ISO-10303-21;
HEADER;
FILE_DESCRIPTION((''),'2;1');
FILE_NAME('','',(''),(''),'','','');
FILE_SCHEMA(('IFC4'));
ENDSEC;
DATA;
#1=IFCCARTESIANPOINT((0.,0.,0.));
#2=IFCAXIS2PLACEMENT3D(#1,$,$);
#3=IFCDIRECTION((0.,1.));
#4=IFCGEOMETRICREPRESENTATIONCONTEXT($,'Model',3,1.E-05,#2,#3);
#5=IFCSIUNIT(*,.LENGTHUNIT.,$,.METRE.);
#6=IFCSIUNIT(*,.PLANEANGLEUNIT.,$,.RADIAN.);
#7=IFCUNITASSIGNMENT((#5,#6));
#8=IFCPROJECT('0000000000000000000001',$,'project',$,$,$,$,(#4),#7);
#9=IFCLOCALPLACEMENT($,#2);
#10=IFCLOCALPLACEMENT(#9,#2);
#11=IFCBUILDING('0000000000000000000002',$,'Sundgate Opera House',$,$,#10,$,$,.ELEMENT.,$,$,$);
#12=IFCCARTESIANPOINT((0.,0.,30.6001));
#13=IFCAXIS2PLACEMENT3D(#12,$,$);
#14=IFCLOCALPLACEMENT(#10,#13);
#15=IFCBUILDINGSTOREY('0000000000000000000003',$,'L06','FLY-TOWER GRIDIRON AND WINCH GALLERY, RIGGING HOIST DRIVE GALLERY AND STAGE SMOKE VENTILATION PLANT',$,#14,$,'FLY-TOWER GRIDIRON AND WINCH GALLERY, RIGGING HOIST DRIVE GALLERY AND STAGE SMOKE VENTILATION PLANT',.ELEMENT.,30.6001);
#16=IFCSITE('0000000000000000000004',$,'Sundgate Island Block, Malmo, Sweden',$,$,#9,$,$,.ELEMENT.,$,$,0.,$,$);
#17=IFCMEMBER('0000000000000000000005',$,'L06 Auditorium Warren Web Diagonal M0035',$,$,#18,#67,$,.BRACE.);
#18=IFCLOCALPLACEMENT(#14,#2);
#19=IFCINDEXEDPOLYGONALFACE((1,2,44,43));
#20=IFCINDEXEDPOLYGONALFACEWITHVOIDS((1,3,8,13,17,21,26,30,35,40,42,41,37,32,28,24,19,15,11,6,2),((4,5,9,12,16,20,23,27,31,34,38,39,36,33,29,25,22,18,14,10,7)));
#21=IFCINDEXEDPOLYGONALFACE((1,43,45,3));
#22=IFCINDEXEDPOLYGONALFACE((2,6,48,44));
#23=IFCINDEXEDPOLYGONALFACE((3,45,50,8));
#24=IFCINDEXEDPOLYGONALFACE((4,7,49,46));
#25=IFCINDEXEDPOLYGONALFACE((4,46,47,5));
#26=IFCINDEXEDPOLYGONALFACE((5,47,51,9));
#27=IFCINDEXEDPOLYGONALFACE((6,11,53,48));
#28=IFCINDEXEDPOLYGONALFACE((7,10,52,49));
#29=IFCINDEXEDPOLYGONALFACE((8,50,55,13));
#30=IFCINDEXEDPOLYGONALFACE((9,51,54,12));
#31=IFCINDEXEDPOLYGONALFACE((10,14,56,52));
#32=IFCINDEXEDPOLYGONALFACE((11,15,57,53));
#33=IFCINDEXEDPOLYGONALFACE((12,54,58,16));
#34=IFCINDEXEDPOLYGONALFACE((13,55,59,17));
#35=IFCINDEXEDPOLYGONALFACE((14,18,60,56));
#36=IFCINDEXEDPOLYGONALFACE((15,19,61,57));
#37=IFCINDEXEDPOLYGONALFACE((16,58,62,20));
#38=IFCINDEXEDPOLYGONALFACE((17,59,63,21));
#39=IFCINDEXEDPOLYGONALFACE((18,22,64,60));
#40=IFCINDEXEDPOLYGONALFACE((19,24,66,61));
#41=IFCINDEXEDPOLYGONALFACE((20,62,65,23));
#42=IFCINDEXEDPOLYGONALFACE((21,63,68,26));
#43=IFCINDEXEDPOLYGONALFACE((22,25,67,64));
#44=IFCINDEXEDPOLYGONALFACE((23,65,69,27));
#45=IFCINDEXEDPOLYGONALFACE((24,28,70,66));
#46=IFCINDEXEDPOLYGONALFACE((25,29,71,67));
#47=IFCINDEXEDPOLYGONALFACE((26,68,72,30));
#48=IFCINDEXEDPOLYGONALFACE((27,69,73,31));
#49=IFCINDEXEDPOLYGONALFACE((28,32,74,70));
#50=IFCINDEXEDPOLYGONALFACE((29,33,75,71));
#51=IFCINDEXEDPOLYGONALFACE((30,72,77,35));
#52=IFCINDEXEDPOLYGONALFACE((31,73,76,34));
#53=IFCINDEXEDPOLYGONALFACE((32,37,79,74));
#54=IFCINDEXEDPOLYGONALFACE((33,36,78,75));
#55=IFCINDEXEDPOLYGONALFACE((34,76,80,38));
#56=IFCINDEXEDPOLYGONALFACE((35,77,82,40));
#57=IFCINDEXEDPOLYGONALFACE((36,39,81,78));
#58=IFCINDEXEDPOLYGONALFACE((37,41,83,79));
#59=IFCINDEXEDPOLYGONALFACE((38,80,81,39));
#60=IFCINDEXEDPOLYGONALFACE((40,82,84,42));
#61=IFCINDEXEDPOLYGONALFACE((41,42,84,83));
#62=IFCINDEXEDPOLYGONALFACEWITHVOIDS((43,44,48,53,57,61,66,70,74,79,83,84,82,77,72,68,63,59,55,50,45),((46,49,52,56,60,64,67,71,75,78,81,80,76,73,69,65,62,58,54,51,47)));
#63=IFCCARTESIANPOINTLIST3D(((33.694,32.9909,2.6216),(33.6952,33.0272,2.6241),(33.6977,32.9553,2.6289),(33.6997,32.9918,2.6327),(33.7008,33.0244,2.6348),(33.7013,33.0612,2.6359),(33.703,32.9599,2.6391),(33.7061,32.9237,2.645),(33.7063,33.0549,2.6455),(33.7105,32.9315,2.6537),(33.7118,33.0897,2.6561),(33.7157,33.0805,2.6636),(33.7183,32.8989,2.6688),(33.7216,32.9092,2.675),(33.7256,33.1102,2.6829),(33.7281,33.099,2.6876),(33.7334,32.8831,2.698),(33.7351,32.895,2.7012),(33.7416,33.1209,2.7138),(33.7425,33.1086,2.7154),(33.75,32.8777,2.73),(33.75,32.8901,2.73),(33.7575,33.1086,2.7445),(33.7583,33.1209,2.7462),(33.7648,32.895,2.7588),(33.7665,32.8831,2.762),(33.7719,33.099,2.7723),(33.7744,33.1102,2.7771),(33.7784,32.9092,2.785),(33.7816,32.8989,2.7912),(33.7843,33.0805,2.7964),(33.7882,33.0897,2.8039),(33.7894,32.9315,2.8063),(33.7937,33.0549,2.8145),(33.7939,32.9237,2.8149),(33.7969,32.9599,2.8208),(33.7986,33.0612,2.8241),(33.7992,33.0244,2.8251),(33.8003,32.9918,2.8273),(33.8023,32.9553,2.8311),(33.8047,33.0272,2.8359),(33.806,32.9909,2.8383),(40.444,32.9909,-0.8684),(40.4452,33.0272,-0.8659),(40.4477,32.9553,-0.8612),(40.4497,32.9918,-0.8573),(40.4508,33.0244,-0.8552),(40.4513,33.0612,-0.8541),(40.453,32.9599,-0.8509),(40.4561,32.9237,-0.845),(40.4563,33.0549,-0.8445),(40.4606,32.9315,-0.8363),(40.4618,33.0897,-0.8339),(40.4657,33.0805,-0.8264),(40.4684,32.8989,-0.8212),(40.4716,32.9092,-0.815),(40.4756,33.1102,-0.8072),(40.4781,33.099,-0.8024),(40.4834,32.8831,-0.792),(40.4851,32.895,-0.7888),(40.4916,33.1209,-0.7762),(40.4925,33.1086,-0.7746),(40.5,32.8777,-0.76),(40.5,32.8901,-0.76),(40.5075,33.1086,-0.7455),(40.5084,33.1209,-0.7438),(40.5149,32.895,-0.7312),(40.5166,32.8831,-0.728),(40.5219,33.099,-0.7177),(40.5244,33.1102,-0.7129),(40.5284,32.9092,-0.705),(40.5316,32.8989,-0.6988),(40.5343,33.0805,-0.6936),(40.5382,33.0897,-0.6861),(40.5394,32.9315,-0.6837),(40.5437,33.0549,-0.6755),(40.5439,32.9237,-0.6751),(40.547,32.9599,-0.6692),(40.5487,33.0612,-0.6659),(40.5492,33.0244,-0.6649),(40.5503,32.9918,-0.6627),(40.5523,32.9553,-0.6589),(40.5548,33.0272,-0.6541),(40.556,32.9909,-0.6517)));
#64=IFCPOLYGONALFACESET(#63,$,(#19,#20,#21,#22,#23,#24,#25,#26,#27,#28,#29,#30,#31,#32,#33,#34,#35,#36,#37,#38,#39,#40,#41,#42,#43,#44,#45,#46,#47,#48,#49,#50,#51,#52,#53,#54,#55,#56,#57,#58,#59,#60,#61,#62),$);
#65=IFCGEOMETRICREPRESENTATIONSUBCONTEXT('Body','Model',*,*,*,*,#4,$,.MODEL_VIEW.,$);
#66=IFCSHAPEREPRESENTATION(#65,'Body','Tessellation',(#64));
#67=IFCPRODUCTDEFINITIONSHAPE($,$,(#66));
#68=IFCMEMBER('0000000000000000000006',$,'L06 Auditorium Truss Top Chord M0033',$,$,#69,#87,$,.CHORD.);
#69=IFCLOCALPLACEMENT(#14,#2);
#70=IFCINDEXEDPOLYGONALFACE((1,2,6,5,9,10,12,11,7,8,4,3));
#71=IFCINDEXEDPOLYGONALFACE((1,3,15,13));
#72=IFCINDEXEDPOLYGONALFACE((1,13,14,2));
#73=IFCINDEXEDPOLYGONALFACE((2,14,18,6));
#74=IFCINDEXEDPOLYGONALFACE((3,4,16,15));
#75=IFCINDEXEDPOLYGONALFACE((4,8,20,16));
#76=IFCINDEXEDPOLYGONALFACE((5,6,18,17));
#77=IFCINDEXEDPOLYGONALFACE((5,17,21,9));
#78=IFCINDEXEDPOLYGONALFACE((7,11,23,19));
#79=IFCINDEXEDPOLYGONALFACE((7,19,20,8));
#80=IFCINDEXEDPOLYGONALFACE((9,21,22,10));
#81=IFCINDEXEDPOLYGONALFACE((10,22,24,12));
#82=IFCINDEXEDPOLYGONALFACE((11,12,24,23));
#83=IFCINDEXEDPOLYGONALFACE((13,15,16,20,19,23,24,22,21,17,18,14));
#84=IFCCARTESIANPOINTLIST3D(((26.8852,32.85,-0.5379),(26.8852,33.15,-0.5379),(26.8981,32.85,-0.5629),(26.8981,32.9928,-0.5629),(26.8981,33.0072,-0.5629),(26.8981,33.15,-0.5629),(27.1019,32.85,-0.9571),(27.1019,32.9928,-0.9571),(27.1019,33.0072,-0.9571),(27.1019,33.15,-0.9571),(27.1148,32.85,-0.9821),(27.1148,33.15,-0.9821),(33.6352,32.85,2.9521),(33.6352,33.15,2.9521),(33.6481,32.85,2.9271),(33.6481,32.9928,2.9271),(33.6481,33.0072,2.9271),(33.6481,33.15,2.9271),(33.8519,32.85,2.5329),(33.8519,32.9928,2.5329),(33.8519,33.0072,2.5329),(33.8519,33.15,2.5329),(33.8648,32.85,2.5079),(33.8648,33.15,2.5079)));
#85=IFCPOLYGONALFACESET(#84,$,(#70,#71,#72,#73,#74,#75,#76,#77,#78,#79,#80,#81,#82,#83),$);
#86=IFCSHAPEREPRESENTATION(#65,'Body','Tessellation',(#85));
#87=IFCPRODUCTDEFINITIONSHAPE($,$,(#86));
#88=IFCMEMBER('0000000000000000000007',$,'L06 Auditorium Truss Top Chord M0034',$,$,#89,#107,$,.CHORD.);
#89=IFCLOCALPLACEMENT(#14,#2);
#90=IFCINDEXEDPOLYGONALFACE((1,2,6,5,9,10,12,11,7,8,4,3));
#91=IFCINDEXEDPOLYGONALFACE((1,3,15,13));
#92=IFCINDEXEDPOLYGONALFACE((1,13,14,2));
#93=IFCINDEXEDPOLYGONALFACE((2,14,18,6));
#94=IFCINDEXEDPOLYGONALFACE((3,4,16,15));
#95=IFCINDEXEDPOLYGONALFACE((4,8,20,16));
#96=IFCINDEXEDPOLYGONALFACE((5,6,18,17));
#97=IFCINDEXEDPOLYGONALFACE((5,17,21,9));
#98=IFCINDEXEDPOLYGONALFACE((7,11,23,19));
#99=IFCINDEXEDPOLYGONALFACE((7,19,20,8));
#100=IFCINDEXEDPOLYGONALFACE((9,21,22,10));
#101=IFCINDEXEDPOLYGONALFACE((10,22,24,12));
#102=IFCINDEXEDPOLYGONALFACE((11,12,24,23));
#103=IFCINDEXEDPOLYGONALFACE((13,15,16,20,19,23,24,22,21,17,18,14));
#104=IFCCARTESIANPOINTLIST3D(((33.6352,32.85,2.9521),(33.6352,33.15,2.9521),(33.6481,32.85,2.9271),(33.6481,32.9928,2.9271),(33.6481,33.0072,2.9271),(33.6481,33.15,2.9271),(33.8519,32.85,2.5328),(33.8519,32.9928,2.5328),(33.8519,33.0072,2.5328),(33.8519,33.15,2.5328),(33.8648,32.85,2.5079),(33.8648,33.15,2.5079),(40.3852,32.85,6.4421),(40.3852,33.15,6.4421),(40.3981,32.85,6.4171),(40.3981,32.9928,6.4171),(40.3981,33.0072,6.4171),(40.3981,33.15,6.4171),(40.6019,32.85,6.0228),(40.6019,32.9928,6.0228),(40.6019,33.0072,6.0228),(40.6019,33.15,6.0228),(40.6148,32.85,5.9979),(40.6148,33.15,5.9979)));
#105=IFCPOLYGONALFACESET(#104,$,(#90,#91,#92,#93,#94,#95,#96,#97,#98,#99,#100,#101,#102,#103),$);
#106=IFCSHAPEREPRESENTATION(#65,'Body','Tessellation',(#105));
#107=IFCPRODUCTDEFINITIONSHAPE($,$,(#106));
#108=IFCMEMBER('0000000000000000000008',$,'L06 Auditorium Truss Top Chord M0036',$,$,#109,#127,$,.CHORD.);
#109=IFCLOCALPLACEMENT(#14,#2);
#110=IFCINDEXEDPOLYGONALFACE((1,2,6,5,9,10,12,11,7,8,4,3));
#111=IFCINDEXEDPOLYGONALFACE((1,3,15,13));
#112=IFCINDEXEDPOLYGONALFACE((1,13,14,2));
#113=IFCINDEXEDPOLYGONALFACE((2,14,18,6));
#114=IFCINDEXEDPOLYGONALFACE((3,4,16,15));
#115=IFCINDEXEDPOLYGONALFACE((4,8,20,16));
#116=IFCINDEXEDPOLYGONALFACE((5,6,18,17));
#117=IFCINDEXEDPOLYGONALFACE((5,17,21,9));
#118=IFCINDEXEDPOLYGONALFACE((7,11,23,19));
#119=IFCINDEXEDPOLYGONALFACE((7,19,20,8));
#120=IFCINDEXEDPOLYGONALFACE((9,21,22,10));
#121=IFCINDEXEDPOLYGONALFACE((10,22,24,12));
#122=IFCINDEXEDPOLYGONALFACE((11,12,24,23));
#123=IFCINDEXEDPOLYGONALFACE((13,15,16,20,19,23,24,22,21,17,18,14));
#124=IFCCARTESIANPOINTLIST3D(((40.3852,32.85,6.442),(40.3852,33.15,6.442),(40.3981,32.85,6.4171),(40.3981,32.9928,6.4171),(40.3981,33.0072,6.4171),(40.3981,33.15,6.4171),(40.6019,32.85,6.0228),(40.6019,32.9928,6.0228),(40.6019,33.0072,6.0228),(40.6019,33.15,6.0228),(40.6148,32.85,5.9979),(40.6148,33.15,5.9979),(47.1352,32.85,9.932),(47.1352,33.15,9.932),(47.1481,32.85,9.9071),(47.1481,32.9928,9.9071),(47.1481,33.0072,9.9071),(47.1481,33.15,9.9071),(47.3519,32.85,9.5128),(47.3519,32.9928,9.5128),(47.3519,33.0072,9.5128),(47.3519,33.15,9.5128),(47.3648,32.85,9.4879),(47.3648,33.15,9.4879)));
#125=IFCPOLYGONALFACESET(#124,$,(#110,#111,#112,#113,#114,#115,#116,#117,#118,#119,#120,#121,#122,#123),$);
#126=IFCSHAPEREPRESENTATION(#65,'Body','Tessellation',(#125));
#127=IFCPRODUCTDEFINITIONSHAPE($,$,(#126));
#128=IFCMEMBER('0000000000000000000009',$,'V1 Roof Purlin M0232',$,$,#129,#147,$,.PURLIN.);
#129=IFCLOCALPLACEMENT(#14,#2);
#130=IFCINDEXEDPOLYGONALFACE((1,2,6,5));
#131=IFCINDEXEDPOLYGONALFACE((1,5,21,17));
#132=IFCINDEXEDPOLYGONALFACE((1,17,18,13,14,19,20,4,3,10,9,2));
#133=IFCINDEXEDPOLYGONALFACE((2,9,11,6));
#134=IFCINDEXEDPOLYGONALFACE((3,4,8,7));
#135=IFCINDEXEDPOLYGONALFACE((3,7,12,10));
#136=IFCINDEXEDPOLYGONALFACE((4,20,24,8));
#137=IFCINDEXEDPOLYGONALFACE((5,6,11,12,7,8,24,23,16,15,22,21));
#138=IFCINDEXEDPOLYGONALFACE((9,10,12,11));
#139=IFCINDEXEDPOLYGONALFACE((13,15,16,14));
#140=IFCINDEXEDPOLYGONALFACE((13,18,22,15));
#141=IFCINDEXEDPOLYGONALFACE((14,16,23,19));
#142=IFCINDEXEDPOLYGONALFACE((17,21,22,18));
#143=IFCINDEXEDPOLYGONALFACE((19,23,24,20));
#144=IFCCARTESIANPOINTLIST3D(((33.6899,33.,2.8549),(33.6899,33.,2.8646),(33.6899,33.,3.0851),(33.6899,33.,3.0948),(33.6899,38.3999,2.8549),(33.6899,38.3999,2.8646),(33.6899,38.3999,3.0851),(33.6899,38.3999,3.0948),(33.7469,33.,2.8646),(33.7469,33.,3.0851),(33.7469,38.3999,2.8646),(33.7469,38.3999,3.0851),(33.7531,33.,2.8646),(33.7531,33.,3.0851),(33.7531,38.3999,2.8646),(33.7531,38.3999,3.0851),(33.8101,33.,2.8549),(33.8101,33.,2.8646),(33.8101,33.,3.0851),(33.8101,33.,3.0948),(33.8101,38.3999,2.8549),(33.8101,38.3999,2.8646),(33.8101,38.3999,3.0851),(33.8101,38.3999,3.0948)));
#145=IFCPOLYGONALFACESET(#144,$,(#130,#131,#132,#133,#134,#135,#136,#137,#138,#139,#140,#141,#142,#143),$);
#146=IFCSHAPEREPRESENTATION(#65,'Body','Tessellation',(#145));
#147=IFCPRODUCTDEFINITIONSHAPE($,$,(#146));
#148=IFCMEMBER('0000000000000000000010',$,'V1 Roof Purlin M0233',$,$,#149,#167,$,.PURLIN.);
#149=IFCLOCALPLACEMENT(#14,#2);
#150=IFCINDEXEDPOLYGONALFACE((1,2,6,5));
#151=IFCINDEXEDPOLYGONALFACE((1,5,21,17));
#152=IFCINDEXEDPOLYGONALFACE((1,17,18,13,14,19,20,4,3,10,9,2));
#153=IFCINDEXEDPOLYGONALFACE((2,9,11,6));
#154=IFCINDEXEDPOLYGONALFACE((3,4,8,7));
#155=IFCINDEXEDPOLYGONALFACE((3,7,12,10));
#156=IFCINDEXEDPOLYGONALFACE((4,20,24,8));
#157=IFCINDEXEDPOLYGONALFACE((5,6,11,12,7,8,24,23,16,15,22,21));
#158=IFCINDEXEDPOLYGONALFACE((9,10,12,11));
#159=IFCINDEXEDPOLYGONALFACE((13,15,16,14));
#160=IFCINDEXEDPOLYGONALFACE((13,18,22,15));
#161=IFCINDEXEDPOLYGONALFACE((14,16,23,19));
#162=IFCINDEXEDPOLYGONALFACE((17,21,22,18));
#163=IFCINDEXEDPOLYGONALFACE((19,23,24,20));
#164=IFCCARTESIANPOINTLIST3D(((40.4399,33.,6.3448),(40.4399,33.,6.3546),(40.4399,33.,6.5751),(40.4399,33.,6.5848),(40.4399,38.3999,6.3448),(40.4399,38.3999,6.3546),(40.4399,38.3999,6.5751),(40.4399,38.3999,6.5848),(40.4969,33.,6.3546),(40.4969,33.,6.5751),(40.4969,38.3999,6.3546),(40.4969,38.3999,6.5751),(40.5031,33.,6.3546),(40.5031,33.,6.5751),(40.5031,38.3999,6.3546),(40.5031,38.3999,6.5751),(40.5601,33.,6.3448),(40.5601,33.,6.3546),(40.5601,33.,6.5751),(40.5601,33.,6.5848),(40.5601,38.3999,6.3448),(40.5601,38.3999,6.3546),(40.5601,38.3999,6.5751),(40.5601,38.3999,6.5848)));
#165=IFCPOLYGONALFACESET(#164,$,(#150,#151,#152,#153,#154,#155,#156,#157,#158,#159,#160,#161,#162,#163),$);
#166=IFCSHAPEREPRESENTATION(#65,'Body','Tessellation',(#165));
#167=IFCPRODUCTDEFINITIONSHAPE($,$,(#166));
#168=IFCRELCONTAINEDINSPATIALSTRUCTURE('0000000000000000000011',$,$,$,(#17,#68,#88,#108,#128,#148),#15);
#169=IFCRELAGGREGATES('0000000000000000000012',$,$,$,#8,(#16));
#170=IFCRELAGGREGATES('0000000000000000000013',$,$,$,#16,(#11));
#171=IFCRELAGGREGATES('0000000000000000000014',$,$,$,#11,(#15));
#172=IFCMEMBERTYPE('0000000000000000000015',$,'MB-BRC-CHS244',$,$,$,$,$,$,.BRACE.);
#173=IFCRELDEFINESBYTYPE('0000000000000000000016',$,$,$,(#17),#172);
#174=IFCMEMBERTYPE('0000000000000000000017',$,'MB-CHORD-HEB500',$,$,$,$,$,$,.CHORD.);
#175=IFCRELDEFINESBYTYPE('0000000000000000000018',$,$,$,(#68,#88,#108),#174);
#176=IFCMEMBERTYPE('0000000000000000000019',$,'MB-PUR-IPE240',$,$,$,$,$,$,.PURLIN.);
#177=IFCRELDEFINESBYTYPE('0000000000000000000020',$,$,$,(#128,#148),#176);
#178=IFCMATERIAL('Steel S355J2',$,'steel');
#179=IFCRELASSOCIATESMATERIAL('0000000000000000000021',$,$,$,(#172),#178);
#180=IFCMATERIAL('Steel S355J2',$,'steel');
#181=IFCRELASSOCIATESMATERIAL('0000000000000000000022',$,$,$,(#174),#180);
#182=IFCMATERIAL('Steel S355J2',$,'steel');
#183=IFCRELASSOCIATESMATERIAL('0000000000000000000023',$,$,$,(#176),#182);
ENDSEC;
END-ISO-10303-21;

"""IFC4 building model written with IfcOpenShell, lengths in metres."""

from ifc_helpers import new_model, si_unit, direction, frame, origin, origin_2d, place, context, subcontext, project, spatial, hollow_circle, i_section, extrude, material, material_profile, profile_set, type_object, element, save


model = new_model("IFC4")

# Units and contexts
model_context = context("Model", 3, precision=1e-05, world=origin(), true_north=direction((0.0, 1.0)))
body_context = subcontext(model_context, "Body", "Model", "MODEL_VIEW")
ifc_project = project(units=[si_unit("LENGTHUNIT", "METRE"), si_unit("PLANEANGLEUNIT", "RADIAN")], contexts=[model_context])

# Site, building, storey
site_placement = place(None, origin())
site = spatial("IfcSite", under=ifc_project, at=site_placement, Name="Sundgate Island Block, Malmo, Sweden", CompositionType="ELEMENT", RefElevation=0.0)
building_placement = place(site_placement, origin())
building = spatial("IfcBuilding", under=site, at=building_placement, Name="Sundgate Opera House", CompositionType="ELEMENT")
storey_placement = place(building_placement, frame((0.0, 0.0, 30.6001)))
storey = spatial("IfcBuildingStorey", under=building, at=storey_placement, Name="L06", Description="FLY-TOWER GRIDIRON AND WINCH GALLERY, RIGGING HOIST DRIVE GALLERY AND STAGE SMOKE VENTILATION PLANT", LongName="FLY-TOWER GRIDIRON AND WINCH GALLERY, RIGGING HOIST DRIVE GALLERY AND STAGE SMOKE VENTILATION PLANT", CompositionType="ELEMENT", Elevation=30.6001)

# Members
ifc_material_1 = material(Name="Steel S355J2", Category="steel")
ifc_material_profile_1 = material_profile(ifc_material_1, hollow_circle(Radius=0.1223, WallThickness=0.0125, at=origin_2d()), Name="CHS 244.5x12.5")
ifc_profile_set_1 = profile_set([ifc_material_profile_1], Name="Steel S355J2")
member_type_1 = type_object("IfcMemberType", Name="MB-BRC-CHS244", PredefinedType="BRACE", material=ifc_profile_set_1)
member_1_placement = place(storey_placement, frame((40.5, 33.0, -0.76), z_axis=(-0.888292, 0.0, 0.459279), x_axis=(0.0, -1.0, 0.0)))
element("IfcMember", 1, at=member_1_placement, inside=storey, type_object=member_type_1, Name="L06 Auditorium Warren Web Diagonal M0035", PredefinedType="BRACE", context=body_context, shape_type="SweptSolid", body=[
    extrude(hollow_circle(Radius=0.1223, WallThickness=0.0125, at=origin_2d()), origin(), (0.0, 0.0, 1.0), 7.5989),
])
ifc_material_2 = material(Name="Steel S355J2", Category="steel")
ifc_material_profile_2 = material_profile(ifc_material_2, i_section(OverallWidth=0.3, OverallDepth=0.5, WebThickness=0.0144, FlangeThickness=0.0281, at=origin_2d()), Name="HEB 500")
ifc_profile_set_2 = profile_set([ifc_material_profile_2], Name="Steel S355J2")
member_type_2 = type_object("IfcMemberType", Name="MB-CHORD-HEB500", PredefinedType="CHORD", material=ifc_profile_set_2)
for number, where, z_axis, x_axis, name in (
    (2, (27.0, 33.0, -0.76), (0.888292, 0.0, 0.459279), (0.0, 1.0, 0.0), "L06 Auditorium Truss Top Chord M0033"),
    (3, (33.75, 33.0, 2.73), (0.888292, 0.0, 0.459279), (0.0, 1.0, 0.0), "L06 Auditorium Truss Top Chord M0034"),
    (4, (40.5, 33.0, 6.22), (0.888292, 0.0, 0.459279), (0.0, 1.0, 0.0), "L06 Auditorium Truss Top Chord M0036"),
):
    element("IfcMember", number, at=place(storey_placement, frame(where, z_axis=z_axis, x_axis=x_axis)), inside=storey, type_object=member_type_2, Name=name, PredefinedType="CHORD", context=body_context, shape_type="SweptSolid", body=[
        extrude(i_section(OverallWidth=0.3, OverallDepth=0.5, WebThickness=0.0144, FlangeThickness=0.0281, at=origin_2d()), origin(), (0.0, 0.0, 1.0), 7.5989),
    ])
ifc_material_3 = material(Name="Steel S355J2", Category="steel")
ifc_material_profile_3 = material_profile(ifc_material_3, i_section(OverallWidth=0.1201, OverallDepth=0.24, WebThickness=0.0061, FlangeThickness=0.0098, at=origin_2d()), Name="IPE 240")
ifc_profile_set_3 = profile_set([ifc_material_profile_3], Name="Steel S355J2")
member_type_3 = type_object("IfcMemberType", Name="MB-PUR-IPE240", PredefinedType="PURLIN", material=ifc_profile_set_3)
for number, where, z_axis, x_axis, name in (
    (5, (33.75, 33.0, 2.9749), (0.0, 1.0, 0.0), (-1.0, 0.0, 0.0), "V1 Roof Purlin M0232"),
    (6, (40.5, 33.0, 6.4648), (0.0, 1.0, 0.0), (-1.0, 0.0, 0.0), "V1 Roof Purlin M0233"),
):
    element("IfcMember", number, at=place(storey_placement, frame(where, z_axis=z_axis, x_axis=x_axis)), inside=storey, type_object=member_type_3, Name=name, PredefinedType="PURLIN", context=body_context, shape_type="SweptSolid", body=[
        extrude(i_section(OverallWidth=0.1201, OverallDepth=0.24, WebThickness=0.0061, FlangeThickness=0.0098, at=origin_2d()), origin(), (0.0, 0.0, 1.0), 5.3999),
    ])

save(model, "model.ifc")
